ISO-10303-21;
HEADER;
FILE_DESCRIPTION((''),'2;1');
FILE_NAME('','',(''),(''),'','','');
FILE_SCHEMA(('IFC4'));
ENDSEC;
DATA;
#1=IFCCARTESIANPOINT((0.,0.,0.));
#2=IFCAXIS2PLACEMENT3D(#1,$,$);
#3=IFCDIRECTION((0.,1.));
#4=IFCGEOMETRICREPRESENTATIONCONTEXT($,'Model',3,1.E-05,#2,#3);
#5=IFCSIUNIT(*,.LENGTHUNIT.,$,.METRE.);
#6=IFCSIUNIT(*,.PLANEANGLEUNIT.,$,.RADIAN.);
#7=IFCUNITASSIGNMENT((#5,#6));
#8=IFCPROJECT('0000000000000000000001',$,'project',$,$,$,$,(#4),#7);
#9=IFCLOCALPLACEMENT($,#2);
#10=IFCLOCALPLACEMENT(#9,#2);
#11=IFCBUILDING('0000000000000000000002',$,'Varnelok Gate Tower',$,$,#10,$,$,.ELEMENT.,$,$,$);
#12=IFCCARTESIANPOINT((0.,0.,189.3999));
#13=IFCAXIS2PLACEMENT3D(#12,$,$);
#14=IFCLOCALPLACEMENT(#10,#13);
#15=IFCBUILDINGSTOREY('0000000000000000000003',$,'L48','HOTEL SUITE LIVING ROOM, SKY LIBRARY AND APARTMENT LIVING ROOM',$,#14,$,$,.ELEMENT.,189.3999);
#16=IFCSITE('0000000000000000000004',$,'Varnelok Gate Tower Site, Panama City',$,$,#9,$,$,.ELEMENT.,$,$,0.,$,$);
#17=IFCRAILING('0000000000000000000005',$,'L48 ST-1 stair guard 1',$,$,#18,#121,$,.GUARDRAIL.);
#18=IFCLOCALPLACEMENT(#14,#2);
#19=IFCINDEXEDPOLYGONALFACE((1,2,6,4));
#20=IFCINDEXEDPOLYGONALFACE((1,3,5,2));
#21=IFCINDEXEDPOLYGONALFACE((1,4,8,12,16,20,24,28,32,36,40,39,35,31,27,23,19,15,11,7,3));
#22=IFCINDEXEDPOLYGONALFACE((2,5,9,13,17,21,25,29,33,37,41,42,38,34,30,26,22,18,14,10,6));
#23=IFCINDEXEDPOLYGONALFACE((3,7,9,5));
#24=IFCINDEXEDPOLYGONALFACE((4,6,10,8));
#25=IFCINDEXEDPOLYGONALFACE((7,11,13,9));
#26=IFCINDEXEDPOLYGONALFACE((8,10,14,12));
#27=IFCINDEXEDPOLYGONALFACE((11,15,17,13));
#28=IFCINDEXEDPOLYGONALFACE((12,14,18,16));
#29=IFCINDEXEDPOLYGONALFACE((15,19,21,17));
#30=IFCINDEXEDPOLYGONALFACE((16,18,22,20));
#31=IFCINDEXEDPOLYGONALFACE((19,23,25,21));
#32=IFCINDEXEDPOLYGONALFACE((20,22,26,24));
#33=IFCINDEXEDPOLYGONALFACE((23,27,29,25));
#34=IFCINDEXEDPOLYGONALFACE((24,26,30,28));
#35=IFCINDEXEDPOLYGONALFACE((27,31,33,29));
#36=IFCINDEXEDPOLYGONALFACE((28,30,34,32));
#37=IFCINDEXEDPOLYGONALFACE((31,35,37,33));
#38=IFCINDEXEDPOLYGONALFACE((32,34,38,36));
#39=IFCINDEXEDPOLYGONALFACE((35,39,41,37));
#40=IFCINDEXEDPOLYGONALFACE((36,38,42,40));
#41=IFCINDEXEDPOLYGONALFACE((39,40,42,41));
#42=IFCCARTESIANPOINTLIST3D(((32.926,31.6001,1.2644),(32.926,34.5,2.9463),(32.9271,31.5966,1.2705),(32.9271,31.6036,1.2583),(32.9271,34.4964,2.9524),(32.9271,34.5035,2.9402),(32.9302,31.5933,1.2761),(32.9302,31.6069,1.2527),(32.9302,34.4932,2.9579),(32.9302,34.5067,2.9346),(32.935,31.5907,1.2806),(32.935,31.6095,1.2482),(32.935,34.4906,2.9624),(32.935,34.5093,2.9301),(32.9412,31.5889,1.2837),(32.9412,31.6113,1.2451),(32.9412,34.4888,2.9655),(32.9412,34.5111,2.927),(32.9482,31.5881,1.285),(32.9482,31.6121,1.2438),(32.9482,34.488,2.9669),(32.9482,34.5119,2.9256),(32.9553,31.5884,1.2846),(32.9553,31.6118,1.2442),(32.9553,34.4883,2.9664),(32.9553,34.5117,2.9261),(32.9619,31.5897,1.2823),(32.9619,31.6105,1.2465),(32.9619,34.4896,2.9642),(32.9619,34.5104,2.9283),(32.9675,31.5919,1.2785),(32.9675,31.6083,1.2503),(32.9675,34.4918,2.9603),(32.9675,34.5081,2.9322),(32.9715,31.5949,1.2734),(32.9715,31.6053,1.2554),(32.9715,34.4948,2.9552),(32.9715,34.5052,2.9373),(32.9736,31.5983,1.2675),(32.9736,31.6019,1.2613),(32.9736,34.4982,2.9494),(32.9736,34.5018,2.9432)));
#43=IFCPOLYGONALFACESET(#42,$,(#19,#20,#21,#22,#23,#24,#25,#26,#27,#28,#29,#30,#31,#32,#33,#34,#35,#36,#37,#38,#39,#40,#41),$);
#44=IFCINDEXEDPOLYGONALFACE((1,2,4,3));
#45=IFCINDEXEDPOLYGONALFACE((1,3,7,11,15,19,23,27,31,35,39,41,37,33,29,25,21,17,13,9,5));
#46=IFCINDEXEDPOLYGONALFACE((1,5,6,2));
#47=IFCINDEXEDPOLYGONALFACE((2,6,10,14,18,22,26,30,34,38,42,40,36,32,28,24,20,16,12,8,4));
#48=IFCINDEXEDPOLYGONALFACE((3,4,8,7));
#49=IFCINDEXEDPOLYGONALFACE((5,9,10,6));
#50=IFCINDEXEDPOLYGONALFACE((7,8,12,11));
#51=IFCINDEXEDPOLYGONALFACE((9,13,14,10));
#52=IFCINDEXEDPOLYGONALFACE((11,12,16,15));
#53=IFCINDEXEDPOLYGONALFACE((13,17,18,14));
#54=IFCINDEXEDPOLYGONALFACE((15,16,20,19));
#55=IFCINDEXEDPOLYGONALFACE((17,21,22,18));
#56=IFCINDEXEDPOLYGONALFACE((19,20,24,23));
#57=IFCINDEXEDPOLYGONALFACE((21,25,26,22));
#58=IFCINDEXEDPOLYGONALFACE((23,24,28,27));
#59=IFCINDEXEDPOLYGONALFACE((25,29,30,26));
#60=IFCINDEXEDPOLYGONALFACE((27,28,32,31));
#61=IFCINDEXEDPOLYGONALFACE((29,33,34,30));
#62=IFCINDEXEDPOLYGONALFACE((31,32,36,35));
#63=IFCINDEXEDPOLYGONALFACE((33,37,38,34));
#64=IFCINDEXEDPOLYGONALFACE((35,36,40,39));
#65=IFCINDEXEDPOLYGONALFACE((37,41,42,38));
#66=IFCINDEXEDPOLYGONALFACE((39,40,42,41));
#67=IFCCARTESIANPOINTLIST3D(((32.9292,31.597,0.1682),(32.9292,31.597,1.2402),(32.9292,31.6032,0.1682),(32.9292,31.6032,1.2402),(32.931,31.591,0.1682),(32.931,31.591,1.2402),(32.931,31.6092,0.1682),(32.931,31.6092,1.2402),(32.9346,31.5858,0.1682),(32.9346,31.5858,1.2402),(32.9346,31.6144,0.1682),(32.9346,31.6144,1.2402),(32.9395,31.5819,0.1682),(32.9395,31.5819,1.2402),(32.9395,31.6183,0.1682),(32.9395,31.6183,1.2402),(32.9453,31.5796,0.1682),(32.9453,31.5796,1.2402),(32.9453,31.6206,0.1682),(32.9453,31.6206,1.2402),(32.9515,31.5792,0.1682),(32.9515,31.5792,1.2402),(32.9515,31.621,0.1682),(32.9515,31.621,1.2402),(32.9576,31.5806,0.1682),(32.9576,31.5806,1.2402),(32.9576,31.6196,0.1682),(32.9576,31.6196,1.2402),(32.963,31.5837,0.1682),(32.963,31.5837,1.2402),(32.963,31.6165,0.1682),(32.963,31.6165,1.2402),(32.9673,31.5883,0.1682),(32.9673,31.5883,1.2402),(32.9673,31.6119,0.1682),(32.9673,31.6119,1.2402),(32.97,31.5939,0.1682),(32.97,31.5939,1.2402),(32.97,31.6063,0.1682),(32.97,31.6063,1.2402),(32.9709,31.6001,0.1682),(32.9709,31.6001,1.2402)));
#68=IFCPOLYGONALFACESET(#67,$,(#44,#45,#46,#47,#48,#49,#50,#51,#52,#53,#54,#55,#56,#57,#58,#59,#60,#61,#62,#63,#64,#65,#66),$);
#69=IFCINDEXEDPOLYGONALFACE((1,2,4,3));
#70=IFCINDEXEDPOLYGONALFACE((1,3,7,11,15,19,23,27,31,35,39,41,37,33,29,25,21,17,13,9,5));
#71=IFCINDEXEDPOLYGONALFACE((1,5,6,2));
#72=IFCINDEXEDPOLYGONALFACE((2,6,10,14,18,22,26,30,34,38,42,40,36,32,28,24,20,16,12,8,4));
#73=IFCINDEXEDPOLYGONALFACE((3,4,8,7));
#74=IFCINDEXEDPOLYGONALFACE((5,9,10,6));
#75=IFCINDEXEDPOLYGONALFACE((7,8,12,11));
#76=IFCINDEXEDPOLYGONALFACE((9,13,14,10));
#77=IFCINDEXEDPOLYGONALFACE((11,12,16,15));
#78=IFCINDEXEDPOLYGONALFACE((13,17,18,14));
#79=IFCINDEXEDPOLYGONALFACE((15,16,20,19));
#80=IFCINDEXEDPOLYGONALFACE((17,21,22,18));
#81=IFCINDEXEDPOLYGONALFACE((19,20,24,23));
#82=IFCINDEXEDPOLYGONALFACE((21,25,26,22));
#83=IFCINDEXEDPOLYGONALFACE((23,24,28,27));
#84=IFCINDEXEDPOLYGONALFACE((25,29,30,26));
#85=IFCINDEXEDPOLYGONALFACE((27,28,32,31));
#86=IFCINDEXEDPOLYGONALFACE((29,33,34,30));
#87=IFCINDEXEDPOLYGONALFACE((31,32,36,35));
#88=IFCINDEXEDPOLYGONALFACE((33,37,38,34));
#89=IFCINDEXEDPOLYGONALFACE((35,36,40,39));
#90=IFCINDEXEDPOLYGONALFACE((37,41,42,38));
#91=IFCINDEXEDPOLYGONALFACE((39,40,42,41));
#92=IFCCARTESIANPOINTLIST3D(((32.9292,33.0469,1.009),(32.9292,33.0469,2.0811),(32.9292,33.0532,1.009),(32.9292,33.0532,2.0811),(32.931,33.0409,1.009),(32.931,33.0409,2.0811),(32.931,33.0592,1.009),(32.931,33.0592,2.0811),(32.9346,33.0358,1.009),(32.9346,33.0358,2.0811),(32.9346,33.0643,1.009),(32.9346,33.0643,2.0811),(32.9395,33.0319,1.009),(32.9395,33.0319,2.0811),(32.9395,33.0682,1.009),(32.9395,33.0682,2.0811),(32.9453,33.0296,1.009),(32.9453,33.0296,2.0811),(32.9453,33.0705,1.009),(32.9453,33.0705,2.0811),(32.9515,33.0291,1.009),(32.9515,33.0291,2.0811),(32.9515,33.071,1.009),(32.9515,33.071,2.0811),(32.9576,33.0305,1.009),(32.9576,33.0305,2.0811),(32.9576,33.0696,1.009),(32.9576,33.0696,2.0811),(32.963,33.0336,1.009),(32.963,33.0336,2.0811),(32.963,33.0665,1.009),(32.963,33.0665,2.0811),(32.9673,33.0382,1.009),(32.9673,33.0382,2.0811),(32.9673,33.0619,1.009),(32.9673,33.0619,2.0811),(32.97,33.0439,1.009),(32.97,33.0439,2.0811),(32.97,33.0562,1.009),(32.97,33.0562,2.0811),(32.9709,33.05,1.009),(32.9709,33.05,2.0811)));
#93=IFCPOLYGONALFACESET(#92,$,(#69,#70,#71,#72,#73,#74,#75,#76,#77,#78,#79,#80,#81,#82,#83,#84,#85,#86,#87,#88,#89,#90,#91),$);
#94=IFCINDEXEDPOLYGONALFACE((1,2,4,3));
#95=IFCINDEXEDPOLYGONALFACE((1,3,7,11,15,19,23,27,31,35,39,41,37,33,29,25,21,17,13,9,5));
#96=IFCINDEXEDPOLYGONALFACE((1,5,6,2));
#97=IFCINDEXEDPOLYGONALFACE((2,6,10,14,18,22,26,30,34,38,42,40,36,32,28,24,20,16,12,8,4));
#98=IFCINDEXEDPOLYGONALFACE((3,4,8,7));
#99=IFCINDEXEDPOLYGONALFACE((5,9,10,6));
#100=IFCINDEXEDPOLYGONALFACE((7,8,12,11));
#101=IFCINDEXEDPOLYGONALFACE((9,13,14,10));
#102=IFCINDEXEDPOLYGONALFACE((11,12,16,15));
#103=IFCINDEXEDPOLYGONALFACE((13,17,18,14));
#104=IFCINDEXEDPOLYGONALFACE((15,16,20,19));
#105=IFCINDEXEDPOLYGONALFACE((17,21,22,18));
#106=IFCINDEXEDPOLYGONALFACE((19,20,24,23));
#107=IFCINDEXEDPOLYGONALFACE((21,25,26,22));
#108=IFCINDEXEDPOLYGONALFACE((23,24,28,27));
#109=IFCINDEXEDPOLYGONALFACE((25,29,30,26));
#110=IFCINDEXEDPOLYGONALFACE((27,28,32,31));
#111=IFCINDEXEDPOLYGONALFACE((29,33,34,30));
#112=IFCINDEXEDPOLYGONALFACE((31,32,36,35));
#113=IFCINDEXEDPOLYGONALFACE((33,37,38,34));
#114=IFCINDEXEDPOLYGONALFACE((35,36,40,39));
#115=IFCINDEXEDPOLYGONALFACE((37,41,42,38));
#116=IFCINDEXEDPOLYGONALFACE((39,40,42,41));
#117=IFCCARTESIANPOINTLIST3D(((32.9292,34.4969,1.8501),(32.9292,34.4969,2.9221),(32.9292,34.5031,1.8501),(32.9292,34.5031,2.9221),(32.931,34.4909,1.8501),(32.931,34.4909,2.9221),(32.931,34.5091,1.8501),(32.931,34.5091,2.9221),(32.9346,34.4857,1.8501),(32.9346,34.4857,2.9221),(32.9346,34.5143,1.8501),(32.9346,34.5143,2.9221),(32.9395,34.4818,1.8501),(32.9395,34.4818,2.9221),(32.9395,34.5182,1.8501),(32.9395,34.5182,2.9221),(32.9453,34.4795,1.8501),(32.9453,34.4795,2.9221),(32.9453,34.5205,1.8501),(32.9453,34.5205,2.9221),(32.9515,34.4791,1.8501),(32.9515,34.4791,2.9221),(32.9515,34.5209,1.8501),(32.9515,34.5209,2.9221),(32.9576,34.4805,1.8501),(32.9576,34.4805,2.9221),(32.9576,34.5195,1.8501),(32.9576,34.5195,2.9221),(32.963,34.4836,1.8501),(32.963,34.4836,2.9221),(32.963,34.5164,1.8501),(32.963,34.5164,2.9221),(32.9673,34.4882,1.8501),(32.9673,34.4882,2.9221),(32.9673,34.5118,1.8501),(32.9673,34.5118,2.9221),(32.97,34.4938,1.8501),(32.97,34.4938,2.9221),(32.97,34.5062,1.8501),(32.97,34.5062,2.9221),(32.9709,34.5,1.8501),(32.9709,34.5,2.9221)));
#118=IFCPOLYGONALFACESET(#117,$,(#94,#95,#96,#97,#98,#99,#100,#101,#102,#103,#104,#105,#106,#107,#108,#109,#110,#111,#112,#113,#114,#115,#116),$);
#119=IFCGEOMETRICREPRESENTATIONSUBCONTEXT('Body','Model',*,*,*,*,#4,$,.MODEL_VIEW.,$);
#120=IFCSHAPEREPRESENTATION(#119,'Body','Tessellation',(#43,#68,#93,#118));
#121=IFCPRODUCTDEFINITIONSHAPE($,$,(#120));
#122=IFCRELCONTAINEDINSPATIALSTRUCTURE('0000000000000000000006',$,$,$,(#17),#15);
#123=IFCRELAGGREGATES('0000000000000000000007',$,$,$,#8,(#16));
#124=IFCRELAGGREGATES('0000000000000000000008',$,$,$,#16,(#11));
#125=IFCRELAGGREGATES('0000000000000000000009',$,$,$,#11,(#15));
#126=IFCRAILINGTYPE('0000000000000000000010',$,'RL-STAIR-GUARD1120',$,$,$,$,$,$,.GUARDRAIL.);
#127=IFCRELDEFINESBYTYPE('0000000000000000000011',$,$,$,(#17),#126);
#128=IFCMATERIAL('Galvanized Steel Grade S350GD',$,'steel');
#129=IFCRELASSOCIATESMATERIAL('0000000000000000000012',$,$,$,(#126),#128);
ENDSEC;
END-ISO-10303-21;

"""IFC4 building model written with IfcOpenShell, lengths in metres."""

from ifc_helpers import new_model, si_unit, direction, frame, origin, origin_2d, place, context, subcontext, project, spatial, circle, extrude, material, type_object, element, save


model = new_model("IFC4")

# Units and contexts
model_context = context("Model", 3, precision=1e-05, world=origin(), true_north=direction((0.0, 1.0)))
body_context = subcontext(model_context, "Body", "Model", "MODEL_VIEW")
ifc_project = project(units=[si_unit("LENGTHUNIT", "METRE"), si_unit("PLANEANGLEUNIT", "RADIAN")], contexts=[model_context])

# Site, building, storey
site_placement = place(None, origin())
site = spatial("IfcSite", under=ifc_project, at=site_placement, Name="Varnelok Gate Tower Site, Panama City", CompositionType="ELEMENT", RefElevation=0.0)
building_placement = place(site_placement, origin())
building = spatial("IfcBuilding", under=site, at=building_placement, Name="Varnelok Gate Tower", CompositionType="ELEMENT")
storey_placement = place(building_placement, frame((0.0, 0.0, 189.3999)))
storey = spatial("IfcBuildingStorey", under=building, at=storey_placement, Name="L48", Description="HOTEL SUITE LIVING ROOM, SKY LIBRARY AND APARTMENT LIVING ROOM", CompositionType="ELEMENT", Elevation=189.3999)

# Shared definitions
ifc_material_1 = material(Name="Galvanized Steel Grade S350GD", Category="steel")

# Railing
railing_type_1 = type_object("IfcRailingType", Name="RL-STAIR-GUARD1120", PredefinedType="GUARDRAIL", material=ifc_material_1)
railing_1_placement = place(storey_placement, frame((32.95, 31.6001, 0.1682)))
element("IfcRailing", 1, at=railing_1_placement, inside=storey, type_object=railing_type_1, Name="L48 ST-1 stair guard 1", PredefinedType="GUARDRAIL", context=body_context, shape_type="SweptSolid", body=[
    extrude(circle(Radius=0.0239, at=origin_2d()), frame((0.0, 0.0, 1.0962), z_axis=(0.0, 0.865039, 0.501705), x_axis=(-1.0, 0.0, 0.0)), (0.0, 0.0, 1.0), 3.3523),
    extrude(circle(Radius=0.021, at=origin_2d()), origin(), (0.0, 0.0, 1.0), 1.072),
    extrude(circle(Radius=0.021, at=origin_2d()), frame((0.0, 1.45, 0.8408)), (0.0, 0.0, 1.0), 1.072),
    extrude(circle(Radius=0.021, at=origin_2d()), frame((0.0, 2.8999, 1.6819)), (0.0, 0.0, 1.0), 1.072),
])

save(model, "model.ifc")
